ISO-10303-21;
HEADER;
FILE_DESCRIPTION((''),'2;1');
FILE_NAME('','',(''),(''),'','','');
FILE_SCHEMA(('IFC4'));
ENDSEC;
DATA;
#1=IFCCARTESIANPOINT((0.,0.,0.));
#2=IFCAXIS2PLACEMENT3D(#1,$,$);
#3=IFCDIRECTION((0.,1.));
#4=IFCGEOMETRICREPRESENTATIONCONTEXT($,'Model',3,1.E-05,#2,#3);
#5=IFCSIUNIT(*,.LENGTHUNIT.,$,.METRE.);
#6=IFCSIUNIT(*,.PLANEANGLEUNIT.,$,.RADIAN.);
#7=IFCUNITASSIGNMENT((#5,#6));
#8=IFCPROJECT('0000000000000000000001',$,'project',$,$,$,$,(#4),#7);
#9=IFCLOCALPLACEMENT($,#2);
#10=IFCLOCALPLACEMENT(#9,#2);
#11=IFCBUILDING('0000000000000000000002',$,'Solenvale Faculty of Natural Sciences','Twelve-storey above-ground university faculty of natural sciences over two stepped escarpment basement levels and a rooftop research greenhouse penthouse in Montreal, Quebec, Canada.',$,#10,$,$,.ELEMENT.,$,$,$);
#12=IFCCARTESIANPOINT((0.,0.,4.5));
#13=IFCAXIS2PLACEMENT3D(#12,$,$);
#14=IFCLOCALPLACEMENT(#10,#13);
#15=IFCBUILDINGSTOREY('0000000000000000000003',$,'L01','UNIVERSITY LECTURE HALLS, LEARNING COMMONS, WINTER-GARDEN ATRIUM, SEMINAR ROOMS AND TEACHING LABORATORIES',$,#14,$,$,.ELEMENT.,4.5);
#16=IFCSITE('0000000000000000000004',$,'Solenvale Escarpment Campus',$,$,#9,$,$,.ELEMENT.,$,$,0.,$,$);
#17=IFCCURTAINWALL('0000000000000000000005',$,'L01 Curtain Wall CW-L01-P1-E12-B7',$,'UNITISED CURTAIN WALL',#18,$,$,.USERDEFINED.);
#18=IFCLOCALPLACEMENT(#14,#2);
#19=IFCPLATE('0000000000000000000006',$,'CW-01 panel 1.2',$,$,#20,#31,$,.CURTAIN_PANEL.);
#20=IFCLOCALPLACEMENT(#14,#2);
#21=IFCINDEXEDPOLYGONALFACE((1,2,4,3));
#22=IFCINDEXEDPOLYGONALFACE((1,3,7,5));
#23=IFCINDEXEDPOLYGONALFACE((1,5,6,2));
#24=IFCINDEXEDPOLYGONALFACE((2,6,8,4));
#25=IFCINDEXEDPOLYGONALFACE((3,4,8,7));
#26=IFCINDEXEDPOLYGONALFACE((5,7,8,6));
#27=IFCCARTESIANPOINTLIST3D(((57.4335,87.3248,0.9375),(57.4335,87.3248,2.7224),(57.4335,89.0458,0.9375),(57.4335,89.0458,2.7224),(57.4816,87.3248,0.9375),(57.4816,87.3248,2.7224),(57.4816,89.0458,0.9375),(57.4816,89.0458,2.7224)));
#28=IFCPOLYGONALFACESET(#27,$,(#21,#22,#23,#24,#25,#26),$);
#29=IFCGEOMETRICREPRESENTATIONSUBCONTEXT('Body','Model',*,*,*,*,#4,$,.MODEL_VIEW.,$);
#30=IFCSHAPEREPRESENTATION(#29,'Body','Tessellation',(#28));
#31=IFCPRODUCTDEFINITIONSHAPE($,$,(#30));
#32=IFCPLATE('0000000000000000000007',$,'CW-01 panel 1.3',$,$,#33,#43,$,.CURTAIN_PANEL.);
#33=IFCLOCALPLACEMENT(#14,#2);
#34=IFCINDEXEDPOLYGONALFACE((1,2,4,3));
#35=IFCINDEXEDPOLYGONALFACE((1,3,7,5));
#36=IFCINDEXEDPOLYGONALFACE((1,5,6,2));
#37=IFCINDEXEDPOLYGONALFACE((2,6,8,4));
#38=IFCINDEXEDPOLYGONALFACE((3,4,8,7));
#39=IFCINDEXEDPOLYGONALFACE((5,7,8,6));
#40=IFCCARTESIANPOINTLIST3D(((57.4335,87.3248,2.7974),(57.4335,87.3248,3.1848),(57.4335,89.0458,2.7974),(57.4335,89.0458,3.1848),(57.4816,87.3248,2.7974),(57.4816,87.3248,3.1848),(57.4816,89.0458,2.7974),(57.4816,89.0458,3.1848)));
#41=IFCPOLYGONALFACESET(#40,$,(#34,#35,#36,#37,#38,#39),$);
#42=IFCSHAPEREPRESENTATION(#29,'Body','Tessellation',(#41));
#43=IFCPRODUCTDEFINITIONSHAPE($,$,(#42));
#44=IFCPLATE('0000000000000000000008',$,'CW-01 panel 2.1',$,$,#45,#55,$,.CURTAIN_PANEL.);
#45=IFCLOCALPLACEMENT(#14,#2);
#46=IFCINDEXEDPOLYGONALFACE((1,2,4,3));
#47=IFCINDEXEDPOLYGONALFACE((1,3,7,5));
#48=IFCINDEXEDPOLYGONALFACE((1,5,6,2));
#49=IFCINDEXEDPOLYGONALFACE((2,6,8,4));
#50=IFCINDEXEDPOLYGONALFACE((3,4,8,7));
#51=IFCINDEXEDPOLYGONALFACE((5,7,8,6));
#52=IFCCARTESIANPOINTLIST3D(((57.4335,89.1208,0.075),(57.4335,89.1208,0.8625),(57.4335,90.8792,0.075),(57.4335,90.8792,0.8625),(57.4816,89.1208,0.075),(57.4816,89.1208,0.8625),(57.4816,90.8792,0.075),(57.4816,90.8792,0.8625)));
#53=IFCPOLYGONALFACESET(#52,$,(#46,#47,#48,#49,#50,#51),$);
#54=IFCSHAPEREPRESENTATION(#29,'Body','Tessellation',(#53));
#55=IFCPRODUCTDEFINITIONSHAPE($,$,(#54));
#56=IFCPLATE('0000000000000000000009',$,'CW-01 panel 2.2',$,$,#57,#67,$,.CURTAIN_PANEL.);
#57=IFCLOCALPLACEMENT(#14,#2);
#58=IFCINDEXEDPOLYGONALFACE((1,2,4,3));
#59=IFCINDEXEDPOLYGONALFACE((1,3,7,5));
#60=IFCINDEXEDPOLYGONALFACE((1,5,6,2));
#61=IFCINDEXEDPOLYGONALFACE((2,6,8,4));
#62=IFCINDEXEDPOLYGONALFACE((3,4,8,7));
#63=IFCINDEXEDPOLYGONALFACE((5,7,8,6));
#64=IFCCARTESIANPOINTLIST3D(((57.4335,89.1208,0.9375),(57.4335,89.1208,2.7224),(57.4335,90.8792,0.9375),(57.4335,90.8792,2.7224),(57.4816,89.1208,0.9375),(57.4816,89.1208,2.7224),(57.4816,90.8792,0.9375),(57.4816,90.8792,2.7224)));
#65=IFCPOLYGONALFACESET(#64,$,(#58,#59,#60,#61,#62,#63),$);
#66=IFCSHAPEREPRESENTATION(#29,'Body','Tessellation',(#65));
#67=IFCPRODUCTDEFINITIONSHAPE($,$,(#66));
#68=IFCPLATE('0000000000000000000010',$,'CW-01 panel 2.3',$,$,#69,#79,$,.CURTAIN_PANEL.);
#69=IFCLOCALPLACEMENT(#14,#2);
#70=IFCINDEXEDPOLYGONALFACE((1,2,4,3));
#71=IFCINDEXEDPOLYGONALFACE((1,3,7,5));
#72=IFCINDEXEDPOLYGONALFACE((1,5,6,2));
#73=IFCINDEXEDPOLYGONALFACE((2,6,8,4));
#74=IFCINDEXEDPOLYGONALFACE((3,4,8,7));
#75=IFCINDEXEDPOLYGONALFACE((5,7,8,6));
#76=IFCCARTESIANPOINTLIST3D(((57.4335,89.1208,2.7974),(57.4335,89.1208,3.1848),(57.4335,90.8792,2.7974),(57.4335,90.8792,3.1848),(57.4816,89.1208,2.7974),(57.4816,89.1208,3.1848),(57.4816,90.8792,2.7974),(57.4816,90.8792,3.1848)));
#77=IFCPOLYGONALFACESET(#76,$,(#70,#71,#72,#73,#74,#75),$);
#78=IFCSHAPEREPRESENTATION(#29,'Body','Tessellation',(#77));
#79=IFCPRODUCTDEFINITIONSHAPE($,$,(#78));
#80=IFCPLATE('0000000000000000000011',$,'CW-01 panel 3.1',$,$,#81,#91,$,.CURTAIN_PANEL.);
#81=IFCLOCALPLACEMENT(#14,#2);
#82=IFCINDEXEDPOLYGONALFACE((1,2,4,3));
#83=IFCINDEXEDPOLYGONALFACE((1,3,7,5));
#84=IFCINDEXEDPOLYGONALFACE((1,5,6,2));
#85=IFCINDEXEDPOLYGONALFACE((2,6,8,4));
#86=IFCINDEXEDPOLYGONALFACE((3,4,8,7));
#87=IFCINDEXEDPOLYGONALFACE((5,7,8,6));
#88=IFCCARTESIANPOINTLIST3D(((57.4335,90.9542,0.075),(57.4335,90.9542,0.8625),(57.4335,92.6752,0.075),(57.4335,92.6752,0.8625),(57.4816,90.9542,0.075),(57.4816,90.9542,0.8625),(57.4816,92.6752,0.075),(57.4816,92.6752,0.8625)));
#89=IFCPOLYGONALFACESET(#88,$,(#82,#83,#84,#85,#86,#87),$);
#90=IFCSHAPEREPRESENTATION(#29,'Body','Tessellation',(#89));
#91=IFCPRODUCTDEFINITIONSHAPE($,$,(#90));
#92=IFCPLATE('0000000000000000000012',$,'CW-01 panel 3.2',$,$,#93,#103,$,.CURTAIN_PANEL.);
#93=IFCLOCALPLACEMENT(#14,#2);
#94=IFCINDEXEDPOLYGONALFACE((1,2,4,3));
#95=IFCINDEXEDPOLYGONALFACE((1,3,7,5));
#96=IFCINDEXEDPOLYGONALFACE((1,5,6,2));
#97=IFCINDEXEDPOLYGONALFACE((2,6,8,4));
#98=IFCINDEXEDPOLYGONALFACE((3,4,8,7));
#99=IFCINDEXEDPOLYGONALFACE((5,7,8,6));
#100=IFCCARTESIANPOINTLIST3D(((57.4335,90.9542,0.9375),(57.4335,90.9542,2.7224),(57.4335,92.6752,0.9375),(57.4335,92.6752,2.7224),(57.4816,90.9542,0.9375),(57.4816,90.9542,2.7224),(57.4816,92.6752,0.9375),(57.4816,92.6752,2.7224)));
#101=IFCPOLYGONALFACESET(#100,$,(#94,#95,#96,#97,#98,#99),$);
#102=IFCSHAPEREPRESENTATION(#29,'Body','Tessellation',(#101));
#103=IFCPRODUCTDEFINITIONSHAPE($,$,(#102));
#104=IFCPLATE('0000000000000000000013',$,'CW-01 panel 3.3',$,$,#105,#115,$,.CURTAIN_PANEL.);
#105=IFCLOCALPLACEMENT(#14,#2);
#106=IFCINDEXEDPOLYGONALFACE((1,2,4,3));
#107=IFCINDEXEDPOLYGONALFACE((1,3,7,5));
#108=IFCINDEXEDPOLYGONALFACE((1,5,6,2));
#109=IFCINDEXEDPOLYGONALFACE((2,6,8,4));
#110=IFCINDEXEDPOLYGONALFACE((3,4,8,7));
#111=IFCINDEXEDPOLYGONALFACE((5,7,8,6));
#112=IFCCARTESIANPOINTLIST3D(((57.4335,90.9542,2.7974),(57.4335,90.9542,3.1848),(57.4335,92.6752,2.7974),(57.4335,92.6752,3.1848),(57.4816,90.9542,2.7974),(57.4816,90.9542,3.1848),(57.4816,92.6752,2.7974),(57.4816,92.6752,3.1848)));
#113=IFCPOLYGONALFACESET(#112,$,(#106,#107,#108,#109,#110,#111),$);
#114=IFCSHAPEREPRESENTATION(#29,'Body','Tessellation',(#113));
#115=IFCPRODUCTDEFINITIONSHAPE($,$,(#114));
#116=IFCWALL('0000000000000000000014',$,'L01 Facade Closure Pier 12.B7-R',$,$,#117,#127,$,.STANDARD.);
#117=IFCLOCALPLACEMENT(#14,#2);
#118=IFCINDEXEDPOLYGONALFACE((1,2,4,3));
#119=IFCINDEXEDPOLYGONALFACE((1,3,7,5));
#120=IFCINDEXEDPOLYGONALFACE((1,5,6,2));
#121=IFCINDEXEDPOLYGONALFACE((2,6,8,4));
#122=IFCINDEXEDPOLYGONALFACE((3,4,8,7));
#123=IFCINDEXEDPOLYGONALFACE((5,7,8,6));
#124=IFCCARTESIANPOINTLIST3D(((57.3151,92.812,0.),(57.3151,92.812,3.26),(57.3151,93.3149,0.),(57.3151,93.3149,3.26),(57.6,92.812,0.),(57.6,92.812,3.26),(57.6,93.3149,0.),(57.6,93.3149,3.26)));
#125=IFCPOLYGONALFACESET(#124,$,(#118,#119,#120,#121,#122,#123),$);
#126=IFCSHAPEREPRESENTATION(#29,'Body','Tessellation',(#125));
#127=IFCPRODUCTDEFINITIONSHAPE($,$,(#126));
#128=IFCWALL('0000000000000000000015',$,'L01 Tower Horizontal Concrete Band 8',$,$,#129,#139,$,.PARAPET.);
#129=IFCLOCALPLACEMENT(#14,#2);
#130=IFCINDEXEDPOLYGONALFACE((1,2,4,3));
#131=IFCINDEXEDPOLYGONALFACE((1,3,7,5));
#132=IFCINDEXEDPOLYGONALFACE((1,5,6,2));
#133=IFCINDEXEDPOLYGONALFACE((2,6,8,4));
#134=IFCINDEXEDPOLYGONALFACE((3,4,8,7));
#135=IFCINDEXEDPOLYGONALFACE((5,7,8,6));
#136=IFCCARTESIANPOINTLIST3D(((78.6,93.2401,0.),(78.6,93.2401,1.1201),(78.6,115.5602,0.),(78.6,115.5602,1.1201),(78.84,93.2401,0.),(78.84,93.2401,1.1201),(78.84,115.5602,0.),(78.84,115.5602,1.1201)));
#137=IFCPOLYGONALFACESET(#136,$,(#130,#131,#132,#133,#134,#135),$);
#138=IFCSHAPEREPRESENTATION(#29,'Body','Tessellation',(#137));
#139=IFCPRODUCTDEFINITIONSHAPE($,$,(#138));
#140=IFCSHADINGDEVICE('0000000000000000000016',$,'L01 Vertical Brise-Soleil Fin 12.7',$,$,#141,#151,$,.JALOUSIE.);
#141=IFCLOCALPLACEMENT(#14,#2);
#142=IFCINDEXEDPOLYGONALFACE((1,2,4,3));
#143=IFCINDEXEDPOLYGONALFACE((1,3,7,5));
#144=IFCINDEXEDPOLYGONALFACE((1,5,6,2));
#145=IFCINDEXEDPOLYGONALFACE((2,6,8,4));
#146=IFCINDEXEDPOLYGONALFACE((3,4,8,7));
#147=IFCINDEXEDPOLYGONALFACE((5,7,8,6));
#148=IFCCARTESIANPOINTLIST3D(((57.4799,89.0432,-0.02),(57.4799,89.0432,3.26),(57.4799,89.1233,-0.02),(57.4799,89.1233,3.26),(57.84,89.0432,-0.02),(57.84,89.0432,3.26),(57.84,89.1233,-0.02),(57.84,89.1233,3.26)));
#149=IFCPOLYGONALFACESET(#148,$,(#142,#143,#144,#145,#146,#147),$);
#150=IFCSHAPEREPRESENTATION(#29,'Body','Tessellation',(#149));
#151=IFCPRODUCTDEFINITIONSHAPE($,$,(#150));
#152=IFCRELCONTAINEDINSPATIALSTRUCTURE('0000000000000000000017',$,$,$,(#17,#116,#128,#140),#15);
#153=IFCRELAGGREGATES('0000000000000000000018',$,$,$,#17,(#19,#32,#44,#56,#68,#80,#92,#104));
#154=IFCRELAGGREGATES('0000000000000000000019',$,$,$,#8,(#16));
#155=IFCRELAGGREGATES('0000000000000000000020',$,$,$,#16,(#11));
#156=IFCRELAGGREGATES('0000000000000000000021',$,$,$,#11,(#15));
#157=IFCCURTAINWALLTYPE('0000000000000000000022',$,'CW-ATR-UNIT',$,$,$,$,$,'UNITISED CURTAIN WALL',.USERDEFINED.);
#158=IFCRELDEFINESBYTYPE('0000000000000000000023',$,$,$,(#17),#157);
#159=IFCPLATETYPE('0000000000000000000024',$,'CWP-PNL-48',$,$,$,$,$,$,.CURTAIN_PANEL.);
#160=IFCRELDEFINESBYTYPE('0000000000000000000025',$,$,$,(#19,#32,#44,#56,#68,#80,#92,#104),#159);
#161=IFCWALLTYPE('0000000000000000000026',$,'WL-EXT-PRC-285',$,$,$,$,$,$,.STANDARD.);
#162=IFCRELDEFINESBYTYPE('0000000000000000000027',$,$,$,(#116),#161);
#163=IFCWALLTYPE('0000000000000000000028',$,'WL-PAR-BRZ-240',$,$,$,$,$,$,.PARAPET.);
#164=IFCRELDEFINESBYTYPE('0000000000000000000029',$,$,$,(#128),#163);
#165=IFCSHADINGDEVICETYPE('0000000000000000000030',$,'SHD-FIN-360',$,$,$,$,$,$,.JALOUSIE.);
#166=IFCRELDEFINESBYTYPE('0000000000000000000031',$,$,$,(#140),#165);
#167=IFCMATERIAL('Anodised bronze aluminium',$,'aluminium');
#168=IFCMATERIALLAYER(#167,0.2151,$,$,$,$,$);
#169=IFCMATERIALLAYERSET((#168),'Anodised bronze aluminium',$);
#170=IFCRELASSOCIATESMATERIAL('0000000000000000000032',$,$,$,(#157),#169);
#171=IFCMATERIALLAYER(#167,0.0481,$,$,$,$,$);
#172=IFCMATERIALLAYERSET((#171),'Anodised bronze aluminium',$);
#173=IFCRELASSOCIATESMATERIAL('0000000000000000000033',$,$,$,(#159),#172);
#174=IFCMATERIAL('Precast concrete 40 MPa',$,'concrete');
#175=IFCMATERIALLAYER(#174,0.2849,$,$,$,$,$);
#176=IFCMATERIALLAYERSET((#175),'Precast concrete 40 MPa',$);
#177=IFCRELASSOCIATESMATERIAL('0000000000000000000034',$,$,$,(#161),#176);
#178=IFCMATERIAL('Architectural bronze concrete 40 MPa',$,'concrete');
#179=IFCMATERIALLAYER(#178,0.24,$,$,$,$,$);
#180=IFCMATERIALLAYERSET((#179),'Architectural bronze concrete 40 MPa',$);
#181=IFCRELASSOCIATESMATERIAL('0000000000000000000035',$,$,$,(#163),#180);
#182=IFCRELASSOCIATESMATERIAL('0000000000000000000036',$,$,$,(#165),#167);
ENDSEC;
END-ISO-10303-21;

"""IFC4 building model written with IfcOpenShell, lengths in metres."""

from ifc_helpers import new_model, si_unit, direction, frame, frame_2d, origin, origin_2d, place, context, subcontext, project, spatial, rectangle, extrude, material, layer, layer_set, material_profile, profile_set, type_object, element, aggregate, save


model = new_model("IFC4")

# Units and contexts
model_context = context("Model", 3, precision=1e-05, world=origin(), true_north=direction((0.0, 1.0)))
body_context = subcontext(model_context, "Body", "Model", "MODEL_VIEW")
ifc_project = project(units=[si_unit("LENGTHUNIT", "METRE"), si_unit("PLANEANGLEUNIT", "RADIAN")], contexts=[model_context])

# Site, building, storey
site_placement = place(None, origin())
site = spatial("IfcSite", under=ifc_project, at=site_placement, Name="Solenvale Escarpment Campus", CompositionType="ELEMENT", RefElevation=0.0)
building_placement = place(site_placement, origin())
building = spatial("IfcBuilding", under=site, at=building_placement, Name="Solenvale Faculty of Natural Sciences", Description="Twelve-storey above-ground university faculty of natural sciences over two stepped escarpment basement levels and a rooftop research greenhouse penthouse in Montreal, Quebec, Canada.", CompositionType="ELEMENT")
storey_placement = place(building_placement, frame((0.0, 0.0, 4.5)))
storey = spatial("IfcBuildingStorey", under=building, at=storey_placement, Name="L01", Description="UNIVERSITY LECTURE HALLS, LEARNING COMMONS, WINTER-GARDEN ATRIUM, SEMINAR ROOMS AND TEACHING LABORATORIES", CompositionType="ELEMENT", Elevation=4.5)

# Curtain wall, plates
ifc_material_1 = material(Name="Anodised bronze aluminium", Category="aluminium")
ifc_layer_1 = layer(ifc_material_1, 0.2151)
ifc_layer_set_1 = layer_set([ifc_layer_1], Name="Anodised bronze aluminium")
curtain_wall_type = type_object("IfcCurtainWallType", Name="CW-ATR-UNIT", ElementType="UNITISED CURTAIN WALL", PredefinedType="USERDEFINED", material=ifc_layer_set_1)
curtain_wall_placement = place(storey_placement, origin())
curtain_wall = element("IfcCurtainWall", 1, at=curtain_wall_placement, inside=storey, type_object=curtain_wall_type, Name="L01 Curtain Wall CW-L01-P1-E12-B7", ObjectType="UNITISED CURTAIN WALL", PredefinedType="USERDEFINED")
ifc_layer_2 = layer(ifc_material_1, 0.0481)
ifc_layer_set_2 = layer_set([ifc_layer_2], Name="Anodised bronze aluminium")
plate_type = type_object("IfcPlateType", Name="CWP-PNL-48", PredefinedType="CURTAIN_PANEL", material=ifc_layer_set_2)
plate_1_placement = place(storey_placement, frame((57.4575, 88.1853, 0.9375), z_axis=(0.0, 0.0, 1.0), x_axis=(0.0, 1.0, 0.0)))
plate_1 = element("IfcPlate", 2, at=plate_1_placement, type_object=plate_type, Name="CW-01 panel 1.2", PredefinedType="CURTAIN_PANEL", context=body_context, shape_type="SweptSolid", body=[
    extrude(rectangle(XDim=1.7209, YDim=0.0481, at=origin_2d()), origin(), (0.0, 0.0, 1.0), 1.7849),
])
plate_2_placement = place(storey_placement, frame((57.4575, 88.1853, 2.7974), z_axis=(0.0, 0.0, 1.0), x_axis=(0.0, 1.0, 0.0)))
plate_2 = element("IfcPlate", 3, at=plate_2_placement, type_object=plate_type, Name="CW-01 panel 1.3", PredefinedType="CURTAIN_PANEL", context=body_context, shape_type="SweptSolid", body=[
    extrude(rectangle(XDim=1.7209, YDim=0.0481, at=origin_2d()), origin(), (0.0, 0.0, 1.0), 0.3875),
])
plate_3_placement = place(storey_placement, frame((57.4575, 90.0, 0.075), z_axis=(0.0, 0.0, 1.0), x_axis=(0.0, 1.0, 0.0)))
plate_3 = element("IfcPlate", 4, at=plate_3_placement, type_object=plate_type, Name="CW-01 panel 2.1", PredefinedType="CURTAIN_PANEL", context=body_context, shape_type="SweptSolid", body=[
    extrude(rectangle(XDim=1.7583, YDim=0.0481, at=origin_2d()), origin(), (0.0, 0.0, 1.0), 0.7876),
])
plate_4_placement = place(storey_placement, frame((57.4575, 90.0, 0.9375), z_axis=(0.0, 0.0, 1.0), x_axis=(0.0, 1.0, 0.0)))
plate_4 = element("IfcPlate", 5, at=plate_4_placement, type_object=plate_type, Name="CW-01 panel 2.2", PredefinedType="CURTAIN_PANEL", context=body_context, shape_type="SweptSolid", body=[
    extrude(rectangle(XDim=1.7583, YDim=0.0481, at=origin_2d()), origin(), (0.0, 0.0, 1.0), 1.7849),
])
plate_5_placement = place(storey_placement, frame((57.4575, 90.0, 2.7974), z_axis=(0.0, 0.0, 1.0), x_axis=(0.0, 1.0, 0.0)))
plate_5 = element("IfcPlate", 6, at=plate_5_placement, type_object=plate_type, Name="CW-01 panel 2.3", PredefinedType="CURTAIN_PANEL", context=body_context, shape_type="SweptSolid", body=[
    extrude(rectangle(XDim=1.7583, YDim=0.0481, at=origin_2d()), origin(), (0.0, 0.0, 1.0), 0.3875),
])
plate_6_placement = place(storey_placement, frame((57.4575, 91.8147, 0.075), z_axis=(0.0, 0.0, 1.0), x_axis=(0.0, 1.0, 0.0)))
plate_6 = element("IfcPlate", 7, at=plate_6_placement, type_object=plate_type, Name="CW-01 panel 3.1", PredefinedType="CURTAIN_PANEL", context=body_context, shape_type="SweptSolid", body=[
    extrude(rectangle(XDim=1.7209, YDim=0.0481, at=origin_2d()), origin(), (0.0, 0.0, 1.0), 0.7876),
])
plate_7_placement = place(storey_placement, frame((57.4575, 91.8147, 0.9375), z_axis=(0.0, 0.0, 1.0), x_axis=(0.0, 1.0, 0.0)))
plate_7 = element("IfcPlate", 8, at=plate_7_placement, type_object=plate_type, Name="CW-01 panel 3.2", PredefinedType="CURTAIN_PANEL", context=body_context, shape_type="SweptSolid", body=[
    extrude(rectangle(XDim=1.7209, YDim=0.0481, at=origin_2d()), origin(), (0.0, 0.0, 1.0), 1.7849),
])
plate_8_placement = place(storey_placement, frame((57.4575, 91.8147, 2.7974), z_axis=(0.0, 0.0, 1.0), x_axis=(0.0, 1.0, 0.0)))
plate_8 = element("IfcPlate", 9, at=plate_8_placement, type_object=plate_type, Name="CW-01 panel 3.3", PredefinedType="CURTAIN_PANEL", context=body_context, shape_type="SweptSolid", body=[
    extrude(rectangle(XDim=1.7209, YDim=0.0481, at=origin_2d()), origin(), (0.0, 0.0, 1.0), 0.3875),
])
aggregate(curtain_wall, [plate_1, plate_2, plate_3, plate_4, plate_5, plate_6, plate_7, plate_8])

# Walls
ifc_material_2 = material(Name="Precast concrete 40 MPa", Category="concrete")
ifc_layer_3 = layer(ifc_material_2, 0.2849)
ifc_layer_set_3 = layer_set([ifc_layer_3], Name="Precast concrete 40 MPa")
wall_type_1 = type_object("IfcWallType", Name="WL-EXT-PRC-285", PredefinedType="STANDARD", material=ifc_layer_set_3)
wall_1_placement = place(storey_placement, frame((57.4575, 92.812, 0.0), z_axis=(0.0, 0.0, 1.0), x_axis=(0.0, 1.0, 0.0)))
element("IfcWall", 10, at=wall_1_placement, inside=storey, type_object=wall_type_1, Name="L01 Facade Closure Pier 12.B7-R", PredefinedType="STANDARD", context=body_context, shape_type="SweptSolid", body=[
    extrude(rectangle(XDim=0.5029, YDim=0.2849, at=frame_2d((0.2515, 0.0))), origin(), (0.0, 0.0, 1.0), 3.26),
])
ifc_material_3 = material(Name="Architectural bronze concrete 40 MPa", Category="concrete")
ifc_layer_4 = layer(ifc_material_3, 0.24)
ifc_layer_set_4 = layer_set([ifc_layer_4], Name="Architectural bronze concrete 40 MPa")
wall_type_2 = type_object("IfcWallType", Name="WL-PAR-BRZ-240", PredefinedType="PARAPET", material=ifc_layer_set_4)
wall_2_placement = place(storey_placement, frame((78.72, 93.24, 0.0), z_axis=(0.0, 0.0, 1.0), x_axis=(0.0, 1.0, 0.0)))
element("IfcWall", 11, at=wall_2_placement, inside=storey, type_object=wall_type_2, Name="L01 Tower Horizontal Concrete Band 8", PredefinedType="PARAPET", context=body_context, shape_type="SweptSolid", body=[
    extrude(rectangle(XDim=22.3201, YDim=0.24, at=frame_2d((11.1602, 0.0))), origin(), (0.0, 0.0, 1.0), 1.1201),
])

# Shading device
ifc_material_profile_1 = material_profile(ifc_material_1, rectangle(XDim=0.0801, YDim=0.3601, at=origin_2d()), Name="ALU-FIN-80x360")
ifc_profile_set_1 = profile_set([ifc_material_profile_1], Name="Anodised bronze aluminium")
shading_device_type = type_object("IfcShadingDeviceType", Name="SHD-FIN-360", PredefinedType="JALOUSIE", material=ifc_profile_set_1)
shading_device_placement = place(storey_placement, frame((57.6599, 89.0833, -0.02), z_axis=(0.0, 0.0, 1.0), x_axis=(0.0, 1.0, 0.0)))
element("IfcShadingDevice", 12, at=shading_device_placement, inside=storey, type_object=shading_device_type, Name="L01 Vertical Brise-Soleil Fin 12.7", PredefinedType="JALOUSIE", context=body_context, shape_type="SweptSolid", body=[
    extrude(rectangle(XDim=0.0801, YDim=0.3601, at=origin_2d()), origin(), (0.0, 0.0, 1.0), 3.28),
])

save(model, "model.ifc")
